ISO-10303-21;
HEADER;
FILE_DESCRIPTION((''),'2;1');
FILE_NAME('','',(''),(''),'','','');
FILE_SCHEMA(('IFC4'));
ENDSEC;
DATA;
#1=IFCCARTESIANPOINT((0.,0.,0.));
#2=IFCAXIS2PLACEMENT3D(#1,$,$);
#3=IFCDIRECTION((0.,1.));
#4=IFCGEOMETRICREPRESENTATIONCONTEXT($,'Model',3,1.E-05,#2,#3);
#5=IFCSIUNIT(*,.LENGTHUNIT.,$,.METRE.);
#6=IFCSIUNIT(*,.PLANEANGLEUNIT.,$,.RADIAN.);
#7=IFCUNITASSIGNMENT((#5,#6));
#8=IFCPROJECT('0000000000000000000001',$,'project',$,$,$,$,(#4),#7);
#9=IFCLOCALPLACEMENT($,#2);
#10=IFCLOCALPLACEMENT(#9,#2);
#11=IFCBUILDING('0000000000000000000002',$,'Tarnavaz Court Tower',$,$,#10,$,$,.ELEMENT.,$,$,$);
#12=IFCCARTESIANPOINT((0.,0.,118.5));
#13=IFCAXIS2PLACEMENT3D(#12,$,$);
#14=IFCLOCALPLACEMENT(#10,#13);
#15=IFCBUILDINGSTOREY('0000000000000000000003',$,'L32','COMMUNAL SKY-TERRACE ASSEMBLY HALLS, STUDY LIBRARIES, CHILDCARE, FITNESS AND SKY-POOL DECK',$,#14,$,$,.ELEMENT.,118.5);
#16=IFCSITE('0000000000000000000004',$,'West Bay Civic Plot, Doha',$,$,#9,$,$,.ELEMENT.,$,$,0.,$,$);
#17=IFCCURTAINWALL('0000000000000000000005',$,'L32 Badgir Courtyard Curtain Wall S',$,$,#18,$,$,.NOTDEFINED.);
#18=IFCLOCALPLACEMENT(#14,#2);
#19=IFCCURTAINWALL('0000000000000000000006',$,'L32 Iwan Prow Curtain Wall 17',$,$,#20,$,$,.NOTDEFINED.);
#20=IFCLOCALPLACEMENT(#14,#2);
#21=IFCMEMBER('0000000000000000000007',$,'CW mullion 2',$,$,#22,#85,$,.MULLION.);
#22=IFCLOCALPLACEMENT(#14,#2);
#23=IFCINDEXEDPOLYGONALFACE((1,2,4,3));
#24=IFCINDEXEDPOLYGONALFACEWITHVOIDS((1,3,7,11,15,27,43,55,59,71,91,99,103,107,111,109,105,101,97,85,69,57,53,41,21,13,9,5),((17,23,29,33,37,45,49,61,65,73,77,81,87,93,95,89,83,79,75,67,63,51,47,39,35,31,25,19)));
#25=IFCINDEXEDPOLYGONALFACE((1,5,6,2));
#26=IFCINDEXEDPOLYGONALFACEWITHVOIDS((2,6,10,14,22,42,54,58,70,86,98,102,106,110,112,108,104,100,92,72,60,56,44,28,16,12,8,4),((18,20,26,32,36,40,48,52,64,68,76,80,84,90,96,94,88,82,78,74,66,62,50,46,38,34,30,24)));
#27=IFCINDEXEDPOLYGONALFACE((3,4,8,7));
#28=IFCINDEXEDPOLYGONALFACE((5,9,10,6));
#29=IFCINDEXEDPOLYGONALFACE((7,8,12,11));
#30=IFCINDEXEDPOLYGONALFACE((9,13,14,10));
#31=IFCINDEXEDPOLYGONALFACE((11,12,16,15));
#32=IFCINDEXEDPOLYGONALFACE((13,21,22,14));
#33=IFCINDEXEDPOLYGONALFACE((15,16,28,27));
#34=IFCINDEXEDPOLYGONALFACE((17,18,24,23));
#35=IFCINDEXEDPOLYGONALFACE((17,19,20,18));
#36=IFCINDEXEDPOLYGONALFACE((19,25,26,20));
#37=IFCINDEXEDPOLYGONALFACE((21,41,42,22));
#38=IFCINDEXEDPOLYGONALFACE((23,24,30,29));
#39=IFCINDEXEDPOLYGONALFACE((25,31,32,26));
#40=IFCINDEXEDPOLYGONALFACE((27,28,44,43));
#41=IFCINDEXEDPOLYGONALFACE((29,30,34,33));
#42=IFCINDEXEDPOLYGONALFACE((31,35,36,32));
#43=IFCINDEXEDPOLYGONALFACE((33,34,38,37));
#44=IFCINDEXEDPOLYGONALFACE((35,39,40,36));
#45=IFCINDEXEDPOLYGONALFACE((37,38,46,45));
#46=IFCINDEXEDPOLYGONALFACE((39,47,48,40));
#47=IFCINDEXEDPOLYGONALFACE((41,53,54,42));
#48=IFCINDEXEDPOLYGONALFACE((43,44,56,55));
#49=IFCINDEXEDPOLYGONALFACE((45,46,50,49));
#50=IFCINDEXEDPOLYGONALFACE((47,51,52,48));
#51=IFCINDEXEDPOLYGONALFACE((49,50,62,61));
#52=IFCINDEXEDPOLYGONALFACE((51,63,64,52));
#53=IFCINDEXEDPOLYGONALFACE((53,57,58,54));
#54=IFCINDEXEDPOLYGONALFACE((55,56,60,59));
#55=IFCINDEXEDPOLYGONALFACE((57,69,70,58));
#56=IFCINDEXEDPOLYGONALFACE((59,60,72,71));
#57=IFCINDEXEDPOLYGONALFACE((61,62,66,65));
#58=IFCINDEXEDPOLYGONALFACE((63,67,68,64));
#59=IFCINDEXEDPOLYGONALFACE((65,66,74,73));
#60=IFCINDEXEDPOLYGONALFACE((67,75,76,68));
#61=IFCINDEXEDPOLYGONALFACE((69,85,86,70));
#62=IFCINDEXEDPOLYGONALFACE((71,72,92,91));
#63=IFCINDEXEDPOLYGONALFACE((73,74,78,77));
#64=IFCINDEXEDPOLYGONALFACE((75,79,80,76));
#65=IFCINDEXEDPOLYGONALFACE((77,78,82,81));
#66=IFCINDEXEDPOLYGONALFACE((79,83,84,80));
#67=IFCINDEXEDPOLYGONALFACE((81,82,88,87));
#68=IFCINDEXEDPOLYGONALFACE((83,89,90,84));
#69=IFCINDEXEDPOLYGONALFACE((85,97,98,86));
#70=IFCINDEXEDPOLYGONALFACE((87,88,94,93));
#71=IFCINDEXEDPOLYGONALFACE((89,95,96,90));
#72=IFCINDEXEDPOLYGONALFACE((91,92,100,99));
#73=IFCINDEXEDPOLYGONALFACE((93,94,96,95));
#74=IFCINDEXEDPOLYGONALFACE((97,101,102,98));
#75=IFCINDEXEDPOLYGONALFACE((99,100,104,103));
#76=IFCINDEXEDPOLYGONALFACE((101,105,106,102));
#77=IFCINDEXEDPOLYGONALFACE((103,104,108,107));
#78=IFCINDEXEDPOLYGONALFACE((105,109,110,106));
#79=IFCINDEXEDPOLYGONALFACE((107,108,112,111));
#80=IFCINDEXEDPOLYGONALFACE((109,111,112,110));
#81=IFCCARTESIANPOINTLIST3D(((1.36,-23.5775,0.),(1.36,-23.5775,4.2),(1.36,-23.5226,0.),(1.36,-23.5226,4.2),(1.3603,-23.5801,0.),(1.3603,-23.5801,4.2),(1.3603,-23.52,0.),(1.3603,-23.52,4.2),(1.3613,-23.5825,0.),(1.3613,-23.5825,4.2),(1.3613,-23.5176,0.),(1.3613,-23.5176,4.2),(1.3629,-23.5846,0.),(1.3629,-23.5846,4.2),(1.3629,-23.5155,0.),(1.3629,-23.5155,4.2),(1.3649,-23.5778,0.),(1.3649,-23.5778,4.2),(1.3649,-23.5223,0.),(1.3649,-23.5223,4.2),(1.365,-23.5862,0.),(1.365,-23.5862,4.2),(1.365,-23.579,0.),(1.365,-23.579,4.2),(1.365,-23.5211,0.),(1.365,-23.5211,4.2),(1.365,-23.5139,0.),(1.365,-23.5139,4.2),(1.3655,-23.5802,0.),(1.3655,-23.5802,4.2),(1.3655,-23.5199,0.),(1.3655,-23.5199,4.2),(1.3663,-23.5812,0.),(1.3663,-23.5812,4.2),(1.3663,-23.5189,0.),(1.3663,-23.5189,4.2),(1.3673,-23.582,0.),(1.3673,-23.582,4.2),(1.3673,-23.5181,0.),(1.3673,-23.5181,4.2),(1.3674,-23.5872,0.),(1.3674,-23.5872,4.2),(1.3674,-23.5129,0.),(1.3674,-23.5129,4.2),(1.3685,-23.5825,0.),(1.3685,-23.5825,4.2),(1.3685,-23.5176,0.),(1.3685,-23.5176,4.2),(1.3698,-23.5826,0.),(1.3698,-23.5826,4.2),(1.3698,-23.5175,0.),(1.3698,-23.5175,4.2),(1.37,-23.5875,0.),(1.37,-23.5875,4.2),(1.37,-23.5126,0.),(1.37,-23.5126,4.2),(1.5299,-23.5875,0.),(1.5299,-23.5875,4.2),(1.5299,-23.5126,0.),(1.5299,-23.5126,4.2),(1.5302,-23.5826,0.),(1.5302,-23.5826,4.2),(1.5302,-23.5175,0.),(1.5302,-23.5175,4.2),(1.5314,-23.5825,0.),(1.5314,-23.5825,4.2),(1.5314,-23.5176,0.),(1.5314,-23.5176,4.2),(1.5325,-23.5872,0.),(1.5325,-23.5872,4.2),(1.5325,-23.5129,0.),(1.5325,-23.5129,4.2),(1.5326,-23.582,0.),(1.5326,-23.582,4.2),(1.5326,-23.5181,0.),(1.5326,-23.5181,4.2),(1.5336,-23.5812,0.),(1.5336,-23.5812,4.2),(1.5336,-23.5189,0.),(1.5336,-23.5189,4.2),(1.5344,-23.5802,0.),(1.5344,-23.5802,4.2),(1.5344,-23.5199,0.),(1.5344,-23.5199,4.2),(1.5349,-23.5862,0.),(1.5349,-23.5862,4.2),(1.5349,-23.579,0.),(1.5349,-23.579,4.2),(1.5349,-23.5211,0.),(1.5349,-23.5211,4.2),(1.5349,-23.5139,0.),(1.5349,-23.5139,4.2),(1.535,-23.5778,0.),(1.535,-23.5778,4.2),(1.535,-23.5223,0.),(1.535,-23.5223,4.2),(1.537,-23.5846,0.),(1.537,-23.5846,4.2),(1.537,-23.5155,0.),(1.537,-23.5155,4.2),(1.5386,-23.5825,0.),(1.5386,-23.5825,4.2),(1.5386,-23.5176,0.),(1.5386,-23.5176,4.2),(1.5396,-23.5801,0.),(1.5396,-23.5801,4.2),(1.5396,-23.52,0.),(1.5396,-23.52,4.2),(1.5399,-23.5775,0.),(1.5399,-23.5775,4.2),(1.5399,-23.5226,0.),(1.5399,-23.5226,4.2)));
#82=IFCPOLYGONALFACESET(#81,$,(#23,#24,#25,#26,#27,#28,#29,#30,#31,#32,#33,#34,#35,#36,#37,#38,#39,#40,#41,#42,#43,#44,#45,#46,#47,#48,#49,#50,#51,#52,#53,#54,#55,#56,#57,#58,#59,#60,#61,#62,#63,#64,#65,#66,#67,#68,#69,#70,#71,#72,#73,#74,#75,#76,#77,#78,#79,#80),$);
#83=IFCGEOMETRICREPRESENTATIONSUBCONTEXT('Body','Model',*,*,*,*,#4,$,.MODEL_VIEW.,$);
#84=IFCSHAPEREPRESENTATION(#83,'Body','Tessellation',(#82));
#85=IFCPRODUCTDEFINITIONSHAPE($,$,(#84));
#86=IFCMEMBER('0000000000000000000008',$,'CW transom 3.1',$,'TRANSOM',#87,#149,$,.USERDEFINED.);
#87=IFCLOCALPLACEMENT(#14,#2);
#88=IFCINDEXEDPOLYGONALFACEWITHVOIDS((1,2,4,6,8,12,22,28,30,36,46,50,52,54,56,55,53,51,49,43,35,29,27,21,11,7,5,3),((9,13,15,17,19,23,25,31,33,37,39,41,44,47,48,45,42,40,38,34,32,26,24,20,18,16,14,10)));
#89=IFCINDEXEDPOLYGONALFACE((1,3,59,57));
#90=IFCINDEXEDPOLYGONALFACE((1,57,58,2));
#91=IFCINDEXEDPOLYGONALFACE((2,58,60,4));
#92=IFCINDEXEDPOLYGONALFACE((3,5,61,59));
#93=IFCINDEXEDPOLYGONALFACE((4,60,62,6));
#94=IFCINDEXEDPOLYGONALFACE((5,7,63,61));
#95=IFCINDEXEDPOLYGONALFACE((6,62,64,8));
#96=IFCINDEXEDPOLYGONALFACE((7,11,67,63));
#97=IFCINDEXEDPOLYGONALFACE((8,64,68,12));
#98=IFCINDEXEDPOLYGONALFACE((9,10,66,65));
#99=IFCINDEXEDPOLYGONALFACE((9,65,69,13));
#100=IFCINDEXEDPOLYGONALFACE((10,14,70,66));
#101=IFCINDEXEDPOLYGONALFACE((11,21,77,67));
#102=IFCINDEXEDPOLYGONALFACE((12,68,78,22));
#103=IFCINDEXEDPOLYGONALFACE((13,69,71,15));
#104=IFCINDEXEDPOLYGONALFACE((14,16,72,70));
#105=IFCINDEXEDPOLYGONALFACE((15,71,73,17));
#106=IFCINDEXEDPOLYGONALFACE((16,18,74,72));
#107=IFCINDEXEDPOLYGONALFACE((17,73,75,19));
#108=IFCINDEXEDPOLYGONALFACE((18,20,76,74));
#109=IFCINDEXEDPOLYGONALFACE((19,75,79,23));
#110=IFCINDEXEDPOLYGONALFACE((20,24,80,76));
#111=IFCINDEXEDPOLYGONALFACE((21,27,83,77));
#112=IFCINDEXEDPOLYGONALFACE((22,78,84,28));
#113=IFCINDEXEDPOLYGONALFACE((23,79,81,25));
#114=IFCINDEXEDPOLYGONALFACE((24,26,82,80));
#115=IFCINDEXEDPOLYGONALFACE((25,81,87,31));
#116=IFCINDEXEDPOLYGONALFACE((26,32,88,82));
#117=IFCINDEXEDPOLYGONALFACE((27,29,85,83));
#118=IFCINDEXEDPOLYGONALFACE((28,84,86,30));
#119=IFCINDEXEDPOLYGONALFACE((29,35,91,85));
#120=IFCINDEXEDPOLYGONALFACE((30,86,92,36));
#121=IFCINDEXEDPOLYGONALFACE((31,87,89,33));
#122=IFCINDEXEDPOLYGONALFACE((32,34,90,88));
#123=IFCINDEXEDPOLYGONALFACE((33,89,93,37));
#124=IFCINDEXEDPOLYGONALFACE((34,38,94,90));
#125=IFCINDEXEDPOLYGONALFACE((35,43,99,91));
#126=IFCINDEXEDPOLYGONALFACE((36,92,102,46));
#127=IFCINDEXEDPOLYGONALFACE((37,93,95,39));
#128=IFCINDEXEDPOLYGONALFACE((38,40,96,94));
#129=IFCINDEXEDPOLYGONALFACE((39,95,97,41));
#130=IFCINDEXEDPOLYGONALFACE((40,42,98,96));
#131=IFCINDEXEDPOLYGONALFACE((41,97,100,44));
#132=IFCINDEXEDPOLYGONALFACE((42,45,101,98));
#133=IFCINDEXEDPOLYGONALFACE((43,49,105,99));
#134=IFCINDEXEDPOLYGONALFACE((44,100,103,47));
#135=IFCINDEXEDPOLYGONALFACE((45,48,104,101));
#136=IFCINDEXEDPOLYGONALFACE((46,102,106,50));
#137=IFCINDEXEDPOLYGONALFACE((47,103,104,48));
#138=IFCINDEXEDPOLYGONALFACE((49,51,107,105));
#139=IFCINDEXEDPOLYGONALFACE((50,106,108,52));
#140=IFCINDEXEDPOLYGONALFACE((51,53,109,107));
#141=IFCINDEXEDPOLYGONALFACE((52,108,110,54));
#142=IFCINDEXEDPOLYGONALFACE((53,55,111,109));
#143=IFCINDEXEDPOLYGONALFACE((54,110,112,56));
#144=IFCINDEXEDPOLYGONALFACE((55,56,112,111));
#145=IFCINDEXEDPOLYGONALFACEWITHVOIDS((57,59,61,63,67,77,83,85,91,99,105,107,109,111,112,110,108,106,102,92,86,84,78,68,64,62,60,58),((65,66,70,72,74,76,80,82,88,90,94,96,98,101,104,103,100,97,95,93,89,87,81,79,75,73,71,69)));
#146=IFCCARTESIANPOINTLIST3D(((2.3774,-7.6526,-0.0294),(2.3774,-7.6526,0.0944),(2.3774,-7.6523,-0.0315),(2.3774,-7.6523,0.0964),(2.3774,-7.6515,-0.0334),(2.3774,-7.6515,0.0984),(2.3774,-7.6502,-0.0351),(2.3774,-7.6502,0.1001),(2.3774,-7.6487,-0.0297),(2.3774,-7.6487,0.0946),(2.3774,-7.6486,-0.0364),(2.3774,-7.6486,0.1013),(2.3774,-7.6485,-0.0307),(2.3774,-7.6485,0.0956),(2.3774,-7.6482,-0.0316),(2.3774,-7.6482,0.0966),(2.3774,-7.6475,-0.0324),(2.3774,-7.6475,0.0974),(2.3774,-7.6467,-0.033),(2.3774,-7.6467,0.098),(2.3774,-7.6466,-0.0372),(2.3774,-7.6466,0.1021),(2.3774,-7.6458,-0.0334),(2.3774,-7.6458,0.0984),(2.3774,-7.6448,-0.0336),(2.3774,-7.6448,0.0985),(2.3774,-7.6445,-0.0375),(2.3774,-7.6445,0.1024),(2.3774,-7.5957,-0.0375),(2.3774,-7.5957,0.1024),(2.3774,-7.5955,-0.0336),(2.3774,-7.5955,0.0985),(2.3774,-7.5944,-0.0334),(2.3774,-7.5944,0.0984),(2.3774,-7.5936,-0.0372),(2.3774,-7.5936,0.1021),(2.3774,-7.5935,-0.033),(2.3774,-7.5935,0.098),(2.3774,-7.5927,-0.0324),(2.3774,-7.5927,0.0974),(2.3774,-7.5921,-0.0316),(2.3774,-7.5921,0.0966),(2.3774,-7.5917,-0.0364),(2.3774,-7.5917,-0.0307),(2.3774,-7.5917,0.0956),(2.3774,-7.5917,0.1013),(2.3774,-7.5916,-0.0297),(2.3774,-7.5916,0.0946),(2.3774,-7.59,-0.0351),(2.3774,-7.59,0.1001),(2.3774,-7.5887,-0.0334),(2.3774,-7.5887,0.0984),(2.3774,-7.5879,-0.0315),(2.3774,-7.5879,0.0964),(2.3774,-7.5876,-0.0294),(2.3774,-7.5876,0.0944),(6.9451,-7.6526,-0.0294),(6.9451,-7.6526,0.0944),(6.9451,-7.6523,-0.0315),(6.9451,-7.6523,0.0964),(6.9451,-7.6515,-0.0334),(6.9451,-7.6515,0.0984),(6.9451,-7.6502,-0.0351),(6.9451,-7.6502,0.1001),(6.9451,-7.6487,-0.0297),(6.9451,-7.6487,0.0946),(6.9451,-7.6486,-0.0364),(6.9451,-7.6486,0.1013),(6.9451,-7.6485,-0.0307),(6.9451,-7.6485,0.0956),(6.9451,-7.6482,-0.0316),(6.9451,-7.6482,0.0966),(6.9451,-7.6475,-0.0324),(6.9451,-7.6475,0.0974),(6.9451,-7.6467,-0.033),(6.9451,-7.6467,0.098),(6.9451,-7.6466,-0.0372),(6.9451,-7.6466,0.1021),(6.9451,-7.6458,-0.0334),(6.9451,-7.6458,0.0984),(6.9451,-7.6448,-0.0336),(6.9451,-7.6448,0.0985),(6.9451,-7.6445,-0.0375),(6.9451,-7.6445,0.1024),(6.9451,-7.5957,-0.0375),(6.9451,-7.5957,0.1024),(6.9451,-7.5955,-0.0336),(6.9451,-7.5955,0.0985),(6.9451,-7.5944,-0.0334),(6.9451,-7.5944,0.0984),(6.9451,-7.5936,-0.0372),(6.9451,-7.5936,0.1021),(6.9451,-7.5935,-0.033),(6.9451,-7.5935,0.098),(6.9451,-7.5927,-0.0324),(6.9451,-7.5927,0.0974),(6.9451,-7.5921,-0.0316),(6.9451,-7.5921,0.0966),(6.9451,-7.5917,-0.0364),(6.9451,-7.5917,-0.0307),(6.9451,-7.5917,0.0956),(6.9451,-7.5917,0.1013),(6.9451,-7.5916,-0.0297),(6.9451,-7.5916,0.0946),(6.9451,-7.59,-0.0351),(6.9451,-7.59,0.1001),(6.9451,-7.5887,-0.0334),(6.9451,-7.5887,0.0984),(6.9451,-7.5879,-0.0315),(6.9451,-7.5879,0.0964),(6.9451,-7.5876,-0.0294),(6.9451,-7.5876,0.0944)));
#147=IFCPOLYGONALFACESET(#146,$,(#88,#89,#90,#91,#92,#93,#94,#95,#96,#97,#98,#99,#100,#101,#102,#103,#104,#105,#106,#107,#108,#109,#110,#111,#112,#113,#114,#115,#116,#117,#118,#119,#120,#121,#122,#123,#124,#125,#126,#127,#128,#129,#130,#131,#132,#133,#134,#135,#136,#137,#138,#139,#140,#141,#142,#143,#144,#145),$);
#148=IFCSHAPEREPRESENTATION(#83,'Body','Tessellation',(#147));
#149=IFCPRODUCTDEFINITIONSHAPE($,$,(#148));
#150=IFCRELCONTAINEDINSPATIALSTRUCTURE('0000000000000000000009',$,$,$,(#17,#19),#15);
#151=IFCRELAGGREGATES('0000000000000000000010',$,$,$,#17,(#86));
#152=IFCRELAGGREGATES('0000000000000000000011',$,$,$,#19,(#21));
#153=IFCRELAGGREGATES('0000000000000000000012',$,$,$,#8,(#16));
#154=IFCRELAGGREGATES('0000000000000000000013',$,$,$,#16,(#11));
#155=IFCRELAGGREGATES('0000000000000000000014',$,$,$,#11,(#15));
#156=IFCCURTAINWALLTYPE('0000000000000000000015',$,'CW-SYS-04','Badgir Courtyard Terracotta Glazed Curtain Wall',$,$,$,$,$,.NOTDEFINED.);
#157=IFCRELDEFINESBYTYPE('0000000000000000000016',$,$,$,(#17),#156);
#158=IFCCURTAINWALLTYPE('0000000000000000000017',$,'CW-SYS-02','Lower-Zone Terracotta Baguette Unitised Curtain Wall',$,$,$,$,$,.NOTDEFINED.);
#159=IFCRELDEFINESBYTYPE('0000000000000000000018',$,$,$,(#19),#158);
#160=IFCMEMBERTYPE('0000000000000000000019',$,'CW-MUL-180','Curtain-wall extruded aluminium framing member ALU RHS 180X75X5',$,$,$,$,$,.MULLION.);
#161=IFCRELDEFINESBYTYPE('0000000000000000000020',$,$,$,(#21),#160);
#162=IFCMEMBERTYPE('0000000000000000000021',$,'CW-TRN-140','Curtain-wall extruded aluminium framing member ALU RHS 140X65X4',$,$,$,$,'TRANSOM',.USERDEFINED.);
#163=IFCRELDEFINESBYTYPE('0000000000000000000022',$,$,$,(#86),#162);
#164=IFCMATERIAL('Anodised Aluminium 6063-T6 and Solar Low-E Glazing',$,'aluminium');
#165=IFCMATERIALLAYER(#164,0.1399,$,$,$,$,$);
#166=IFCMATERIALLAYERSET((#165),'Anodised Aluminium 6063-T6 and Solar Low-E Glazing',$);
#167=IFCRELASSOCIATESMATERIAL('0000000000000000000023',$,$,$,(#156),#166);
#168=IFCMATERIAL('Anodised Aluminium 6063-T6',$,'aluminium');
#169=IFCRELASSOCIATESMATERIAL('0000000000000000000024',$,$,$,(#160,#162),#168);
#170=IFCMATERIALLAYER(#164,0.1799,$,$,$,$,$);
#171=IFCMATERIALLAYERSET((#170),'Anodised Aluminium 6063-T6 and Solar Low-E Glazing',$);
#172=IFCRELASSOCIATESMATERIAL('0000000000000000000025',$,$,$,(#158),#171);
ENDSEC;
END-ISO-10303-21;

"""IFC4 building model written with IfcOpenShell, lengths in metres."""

from ifc_helpers import new_model, si_unit, direction, frame, origin, origin_2d, place, context, subcontext, project, spatial, hollow_rectangle, extrude, material, layer, layer_set, material_profile, profile_set, type_object, element, aggregate, save


model = new_model("IFC4")

# Units and contexts
model_context = context("Model", 3, precision=1e-05, world=origin(), true_north=direction((0.0, 1.0)))
body_context = subcontext(model_context, "Body", "Model", "MODEL_VIEW")
ifc_project = project(units=[si_unit("LENGTHUNIT", "METRE"), si_unit("PLANEANGLEUNIT", "RADIAN")], contexts=[model_context])

# Site, building, storey
site_placement = place(None, origin())
site = spatial("IfcSite", under=ifc_project, at=site_placement, Name="West Bay Civic Plot, Doha", CompositionType="ELEMENT", RefElevation=0.0)
building_placement = place(site_placement, origin())
building = spatial("IfcBuilding", under=site, at=building_placement, Name="Tarnavaz Court Tower", CompositionType="ELEMENT")
storey_placement = place(building_placement, frame((0.0, 0.0, 118.5)))
storey = spatial("IfcBuildingStorey", under=building, at=storey_placement, Name="L32", Description="COMMUNAL SKY-TERRACE ASSEMBLY HALLS, STUDY LIBRARIES, CHILDCARE, FITNESS AND SKY-POOL DECK", CompositionType="ELEMENT", Elevation=118.5)

# Curtain wall
ifc_material_1 = material(Name="Anodised Aluminium 6063-T6 and Solar Low-E Glazing", Category="aluminium")
ifc_layer_1 = layer(ifc_material_1, 0.1399)
ifc_layer_set_1 = layer_set([ifc_layer_1], Name="Anodised Aluminium 6063-T6 and Solar Low-E Glazing")
curtain_wall_type_1 = type_object("IfcCurtainWallType", Name="CW-SYS-04", Description="Badgir Courtyard Terracotta Glazed Curtain Wall", PredefinedType="NOTDEFINED", material=ifc_layer_set_1)
curtain_wall_1_placement = place(storey_placement, origin())
curtain_wall_1 = element("IfcCurtainWall", 1, at=curtain_wall_1_placement, inside=storey, type_object=curtain_wall_type_1, Name="L32 Badgir Courtyard Curtain Wall S", PredefinedType="NOTDEFINED")
ifc_material_2 = material(Name="Anodised Aluminium 6063-T6", Category="aluminium")
ifc_material_profile_1 = material_profile(ifc_material_2, hollow_rectangle(XDim=0.075, YDim=0.1799, WallThickness=0.0049, InnerFilletRadius=0.0049, OuterFilletRadius=0.01, at=origin_2d()), Name="ALU RHS 180X75X5")
ifc_profile_set_1 = profile_set([ifc_material_profile_1], Name="Anodised Aluminium 6063-T6")
member_type_1 = type_object("IfcMemberType", Name="CW-MUL-180", Description="Curtain-wall extruded aluminium framing member ALU RHS 180X75X5", PredefinedType="MULLION", material=ifc_profile_set_1)

# Curtain wall, member
ifc_layer_2 = layer(ifc_material_1, 0.1799)
ifc_layer_set_2 = layer_set([ifc_layer_2], Name="Anodised Aluminium 6063-T6 and Solar Low-E Glazing")
curtain_wall_type_2 = type_object("IfcCurtainWallType", Name="CW-SYS-02", Description="Lower-Zone Terracotta Baguette Unitised Curtain Wall", PredefinedType="NOTDEFINED", material=ifc_layer_set_2)
curtain_wall_2_placement = place(storey_placement, origin())
curtain_wall_2 = element("IfcCurtainWall", 2, at=curtain_wall_2_placement, inside=storey, type_object=curtain_wall_type_2, Name="L32 Iwan Prow Curtain Wall 17", PredefinedType="NOTDEFINED")
member_1_placement = place(storey_placement, frame((1.45, -23.55, 0.0), z_axis=(0.0, 0.0, 1.0), x_axis=(0.0, -1.0, 0.0)))
member_1 = element("IfcMember", 3, at=member_1_placement, type_object=member_type_1, Name="CW mullion 2", PredefinedType="MULLION", context=body_context, shape_type="SweptSolid", body=[
    extrude(hollow_rectangle(XDim=0.075, YDim=0.1799, WallThickness=0.0049, InnerFilletRadius=0.0049, OuterFilletRadius=0.01, at=origin_2d()), origin(), (0.0, 0.0, 1.0), 4.2),
])

# Member
ifc_material_profile_2 = material_profile(ifc_material_2, hollow_rectangle(XDim=0.0649, YDim=0.1399, WallThickness=0.0039, InnerFilletRadius=0.0039, OuterFilletRadius=0.0081, at=origin_2d()), Name="ALU RHS 140X65X4")
ifc_profile_set_2 = profile_set([ifc_material_profile_2], Name="Anodised Aluminium 6063-T6")
member_type_2 = type_object("IfcMemberType", Name="CW-TRN-140", Description="Curtain-wall extruded aluminium framing member ALU RHS 140X65X4", ElementType="TRANSOM", PredefinedType="USERDEFINED", material=ifc_profile_set_2)
member_2_placement = place(storey_placement, frame((2.3774, -7.6201, 0.0325), z_axis=(1.0, 0.0, 0.0), x_axis=(0.0, 1.0, 0.0)))
member_2 = element("IfcMember", 4, at=member_2_placement, type_object=member_type_2, Name="CW transom 3.1", ObjectType="TRANSOM", PredefinedType="USERDEFINED", context=body_context, shape_type="SweptSolid", body=[
    extrude(hollow_rectangle(XDim=0.0649, YDim=0.1399, WallThickness=0.0039, InnerFilletRadius=0.0039, OuterFilletRadius=0.0081, at=origin_2d()), origin(), (0.0, 0.0, 1.0), 4.5676),
])

aggregate(curtain_wall_1, [member_2])
aggregate(curtain_wall_2, [member_1])

save(model, "model.ifc")
